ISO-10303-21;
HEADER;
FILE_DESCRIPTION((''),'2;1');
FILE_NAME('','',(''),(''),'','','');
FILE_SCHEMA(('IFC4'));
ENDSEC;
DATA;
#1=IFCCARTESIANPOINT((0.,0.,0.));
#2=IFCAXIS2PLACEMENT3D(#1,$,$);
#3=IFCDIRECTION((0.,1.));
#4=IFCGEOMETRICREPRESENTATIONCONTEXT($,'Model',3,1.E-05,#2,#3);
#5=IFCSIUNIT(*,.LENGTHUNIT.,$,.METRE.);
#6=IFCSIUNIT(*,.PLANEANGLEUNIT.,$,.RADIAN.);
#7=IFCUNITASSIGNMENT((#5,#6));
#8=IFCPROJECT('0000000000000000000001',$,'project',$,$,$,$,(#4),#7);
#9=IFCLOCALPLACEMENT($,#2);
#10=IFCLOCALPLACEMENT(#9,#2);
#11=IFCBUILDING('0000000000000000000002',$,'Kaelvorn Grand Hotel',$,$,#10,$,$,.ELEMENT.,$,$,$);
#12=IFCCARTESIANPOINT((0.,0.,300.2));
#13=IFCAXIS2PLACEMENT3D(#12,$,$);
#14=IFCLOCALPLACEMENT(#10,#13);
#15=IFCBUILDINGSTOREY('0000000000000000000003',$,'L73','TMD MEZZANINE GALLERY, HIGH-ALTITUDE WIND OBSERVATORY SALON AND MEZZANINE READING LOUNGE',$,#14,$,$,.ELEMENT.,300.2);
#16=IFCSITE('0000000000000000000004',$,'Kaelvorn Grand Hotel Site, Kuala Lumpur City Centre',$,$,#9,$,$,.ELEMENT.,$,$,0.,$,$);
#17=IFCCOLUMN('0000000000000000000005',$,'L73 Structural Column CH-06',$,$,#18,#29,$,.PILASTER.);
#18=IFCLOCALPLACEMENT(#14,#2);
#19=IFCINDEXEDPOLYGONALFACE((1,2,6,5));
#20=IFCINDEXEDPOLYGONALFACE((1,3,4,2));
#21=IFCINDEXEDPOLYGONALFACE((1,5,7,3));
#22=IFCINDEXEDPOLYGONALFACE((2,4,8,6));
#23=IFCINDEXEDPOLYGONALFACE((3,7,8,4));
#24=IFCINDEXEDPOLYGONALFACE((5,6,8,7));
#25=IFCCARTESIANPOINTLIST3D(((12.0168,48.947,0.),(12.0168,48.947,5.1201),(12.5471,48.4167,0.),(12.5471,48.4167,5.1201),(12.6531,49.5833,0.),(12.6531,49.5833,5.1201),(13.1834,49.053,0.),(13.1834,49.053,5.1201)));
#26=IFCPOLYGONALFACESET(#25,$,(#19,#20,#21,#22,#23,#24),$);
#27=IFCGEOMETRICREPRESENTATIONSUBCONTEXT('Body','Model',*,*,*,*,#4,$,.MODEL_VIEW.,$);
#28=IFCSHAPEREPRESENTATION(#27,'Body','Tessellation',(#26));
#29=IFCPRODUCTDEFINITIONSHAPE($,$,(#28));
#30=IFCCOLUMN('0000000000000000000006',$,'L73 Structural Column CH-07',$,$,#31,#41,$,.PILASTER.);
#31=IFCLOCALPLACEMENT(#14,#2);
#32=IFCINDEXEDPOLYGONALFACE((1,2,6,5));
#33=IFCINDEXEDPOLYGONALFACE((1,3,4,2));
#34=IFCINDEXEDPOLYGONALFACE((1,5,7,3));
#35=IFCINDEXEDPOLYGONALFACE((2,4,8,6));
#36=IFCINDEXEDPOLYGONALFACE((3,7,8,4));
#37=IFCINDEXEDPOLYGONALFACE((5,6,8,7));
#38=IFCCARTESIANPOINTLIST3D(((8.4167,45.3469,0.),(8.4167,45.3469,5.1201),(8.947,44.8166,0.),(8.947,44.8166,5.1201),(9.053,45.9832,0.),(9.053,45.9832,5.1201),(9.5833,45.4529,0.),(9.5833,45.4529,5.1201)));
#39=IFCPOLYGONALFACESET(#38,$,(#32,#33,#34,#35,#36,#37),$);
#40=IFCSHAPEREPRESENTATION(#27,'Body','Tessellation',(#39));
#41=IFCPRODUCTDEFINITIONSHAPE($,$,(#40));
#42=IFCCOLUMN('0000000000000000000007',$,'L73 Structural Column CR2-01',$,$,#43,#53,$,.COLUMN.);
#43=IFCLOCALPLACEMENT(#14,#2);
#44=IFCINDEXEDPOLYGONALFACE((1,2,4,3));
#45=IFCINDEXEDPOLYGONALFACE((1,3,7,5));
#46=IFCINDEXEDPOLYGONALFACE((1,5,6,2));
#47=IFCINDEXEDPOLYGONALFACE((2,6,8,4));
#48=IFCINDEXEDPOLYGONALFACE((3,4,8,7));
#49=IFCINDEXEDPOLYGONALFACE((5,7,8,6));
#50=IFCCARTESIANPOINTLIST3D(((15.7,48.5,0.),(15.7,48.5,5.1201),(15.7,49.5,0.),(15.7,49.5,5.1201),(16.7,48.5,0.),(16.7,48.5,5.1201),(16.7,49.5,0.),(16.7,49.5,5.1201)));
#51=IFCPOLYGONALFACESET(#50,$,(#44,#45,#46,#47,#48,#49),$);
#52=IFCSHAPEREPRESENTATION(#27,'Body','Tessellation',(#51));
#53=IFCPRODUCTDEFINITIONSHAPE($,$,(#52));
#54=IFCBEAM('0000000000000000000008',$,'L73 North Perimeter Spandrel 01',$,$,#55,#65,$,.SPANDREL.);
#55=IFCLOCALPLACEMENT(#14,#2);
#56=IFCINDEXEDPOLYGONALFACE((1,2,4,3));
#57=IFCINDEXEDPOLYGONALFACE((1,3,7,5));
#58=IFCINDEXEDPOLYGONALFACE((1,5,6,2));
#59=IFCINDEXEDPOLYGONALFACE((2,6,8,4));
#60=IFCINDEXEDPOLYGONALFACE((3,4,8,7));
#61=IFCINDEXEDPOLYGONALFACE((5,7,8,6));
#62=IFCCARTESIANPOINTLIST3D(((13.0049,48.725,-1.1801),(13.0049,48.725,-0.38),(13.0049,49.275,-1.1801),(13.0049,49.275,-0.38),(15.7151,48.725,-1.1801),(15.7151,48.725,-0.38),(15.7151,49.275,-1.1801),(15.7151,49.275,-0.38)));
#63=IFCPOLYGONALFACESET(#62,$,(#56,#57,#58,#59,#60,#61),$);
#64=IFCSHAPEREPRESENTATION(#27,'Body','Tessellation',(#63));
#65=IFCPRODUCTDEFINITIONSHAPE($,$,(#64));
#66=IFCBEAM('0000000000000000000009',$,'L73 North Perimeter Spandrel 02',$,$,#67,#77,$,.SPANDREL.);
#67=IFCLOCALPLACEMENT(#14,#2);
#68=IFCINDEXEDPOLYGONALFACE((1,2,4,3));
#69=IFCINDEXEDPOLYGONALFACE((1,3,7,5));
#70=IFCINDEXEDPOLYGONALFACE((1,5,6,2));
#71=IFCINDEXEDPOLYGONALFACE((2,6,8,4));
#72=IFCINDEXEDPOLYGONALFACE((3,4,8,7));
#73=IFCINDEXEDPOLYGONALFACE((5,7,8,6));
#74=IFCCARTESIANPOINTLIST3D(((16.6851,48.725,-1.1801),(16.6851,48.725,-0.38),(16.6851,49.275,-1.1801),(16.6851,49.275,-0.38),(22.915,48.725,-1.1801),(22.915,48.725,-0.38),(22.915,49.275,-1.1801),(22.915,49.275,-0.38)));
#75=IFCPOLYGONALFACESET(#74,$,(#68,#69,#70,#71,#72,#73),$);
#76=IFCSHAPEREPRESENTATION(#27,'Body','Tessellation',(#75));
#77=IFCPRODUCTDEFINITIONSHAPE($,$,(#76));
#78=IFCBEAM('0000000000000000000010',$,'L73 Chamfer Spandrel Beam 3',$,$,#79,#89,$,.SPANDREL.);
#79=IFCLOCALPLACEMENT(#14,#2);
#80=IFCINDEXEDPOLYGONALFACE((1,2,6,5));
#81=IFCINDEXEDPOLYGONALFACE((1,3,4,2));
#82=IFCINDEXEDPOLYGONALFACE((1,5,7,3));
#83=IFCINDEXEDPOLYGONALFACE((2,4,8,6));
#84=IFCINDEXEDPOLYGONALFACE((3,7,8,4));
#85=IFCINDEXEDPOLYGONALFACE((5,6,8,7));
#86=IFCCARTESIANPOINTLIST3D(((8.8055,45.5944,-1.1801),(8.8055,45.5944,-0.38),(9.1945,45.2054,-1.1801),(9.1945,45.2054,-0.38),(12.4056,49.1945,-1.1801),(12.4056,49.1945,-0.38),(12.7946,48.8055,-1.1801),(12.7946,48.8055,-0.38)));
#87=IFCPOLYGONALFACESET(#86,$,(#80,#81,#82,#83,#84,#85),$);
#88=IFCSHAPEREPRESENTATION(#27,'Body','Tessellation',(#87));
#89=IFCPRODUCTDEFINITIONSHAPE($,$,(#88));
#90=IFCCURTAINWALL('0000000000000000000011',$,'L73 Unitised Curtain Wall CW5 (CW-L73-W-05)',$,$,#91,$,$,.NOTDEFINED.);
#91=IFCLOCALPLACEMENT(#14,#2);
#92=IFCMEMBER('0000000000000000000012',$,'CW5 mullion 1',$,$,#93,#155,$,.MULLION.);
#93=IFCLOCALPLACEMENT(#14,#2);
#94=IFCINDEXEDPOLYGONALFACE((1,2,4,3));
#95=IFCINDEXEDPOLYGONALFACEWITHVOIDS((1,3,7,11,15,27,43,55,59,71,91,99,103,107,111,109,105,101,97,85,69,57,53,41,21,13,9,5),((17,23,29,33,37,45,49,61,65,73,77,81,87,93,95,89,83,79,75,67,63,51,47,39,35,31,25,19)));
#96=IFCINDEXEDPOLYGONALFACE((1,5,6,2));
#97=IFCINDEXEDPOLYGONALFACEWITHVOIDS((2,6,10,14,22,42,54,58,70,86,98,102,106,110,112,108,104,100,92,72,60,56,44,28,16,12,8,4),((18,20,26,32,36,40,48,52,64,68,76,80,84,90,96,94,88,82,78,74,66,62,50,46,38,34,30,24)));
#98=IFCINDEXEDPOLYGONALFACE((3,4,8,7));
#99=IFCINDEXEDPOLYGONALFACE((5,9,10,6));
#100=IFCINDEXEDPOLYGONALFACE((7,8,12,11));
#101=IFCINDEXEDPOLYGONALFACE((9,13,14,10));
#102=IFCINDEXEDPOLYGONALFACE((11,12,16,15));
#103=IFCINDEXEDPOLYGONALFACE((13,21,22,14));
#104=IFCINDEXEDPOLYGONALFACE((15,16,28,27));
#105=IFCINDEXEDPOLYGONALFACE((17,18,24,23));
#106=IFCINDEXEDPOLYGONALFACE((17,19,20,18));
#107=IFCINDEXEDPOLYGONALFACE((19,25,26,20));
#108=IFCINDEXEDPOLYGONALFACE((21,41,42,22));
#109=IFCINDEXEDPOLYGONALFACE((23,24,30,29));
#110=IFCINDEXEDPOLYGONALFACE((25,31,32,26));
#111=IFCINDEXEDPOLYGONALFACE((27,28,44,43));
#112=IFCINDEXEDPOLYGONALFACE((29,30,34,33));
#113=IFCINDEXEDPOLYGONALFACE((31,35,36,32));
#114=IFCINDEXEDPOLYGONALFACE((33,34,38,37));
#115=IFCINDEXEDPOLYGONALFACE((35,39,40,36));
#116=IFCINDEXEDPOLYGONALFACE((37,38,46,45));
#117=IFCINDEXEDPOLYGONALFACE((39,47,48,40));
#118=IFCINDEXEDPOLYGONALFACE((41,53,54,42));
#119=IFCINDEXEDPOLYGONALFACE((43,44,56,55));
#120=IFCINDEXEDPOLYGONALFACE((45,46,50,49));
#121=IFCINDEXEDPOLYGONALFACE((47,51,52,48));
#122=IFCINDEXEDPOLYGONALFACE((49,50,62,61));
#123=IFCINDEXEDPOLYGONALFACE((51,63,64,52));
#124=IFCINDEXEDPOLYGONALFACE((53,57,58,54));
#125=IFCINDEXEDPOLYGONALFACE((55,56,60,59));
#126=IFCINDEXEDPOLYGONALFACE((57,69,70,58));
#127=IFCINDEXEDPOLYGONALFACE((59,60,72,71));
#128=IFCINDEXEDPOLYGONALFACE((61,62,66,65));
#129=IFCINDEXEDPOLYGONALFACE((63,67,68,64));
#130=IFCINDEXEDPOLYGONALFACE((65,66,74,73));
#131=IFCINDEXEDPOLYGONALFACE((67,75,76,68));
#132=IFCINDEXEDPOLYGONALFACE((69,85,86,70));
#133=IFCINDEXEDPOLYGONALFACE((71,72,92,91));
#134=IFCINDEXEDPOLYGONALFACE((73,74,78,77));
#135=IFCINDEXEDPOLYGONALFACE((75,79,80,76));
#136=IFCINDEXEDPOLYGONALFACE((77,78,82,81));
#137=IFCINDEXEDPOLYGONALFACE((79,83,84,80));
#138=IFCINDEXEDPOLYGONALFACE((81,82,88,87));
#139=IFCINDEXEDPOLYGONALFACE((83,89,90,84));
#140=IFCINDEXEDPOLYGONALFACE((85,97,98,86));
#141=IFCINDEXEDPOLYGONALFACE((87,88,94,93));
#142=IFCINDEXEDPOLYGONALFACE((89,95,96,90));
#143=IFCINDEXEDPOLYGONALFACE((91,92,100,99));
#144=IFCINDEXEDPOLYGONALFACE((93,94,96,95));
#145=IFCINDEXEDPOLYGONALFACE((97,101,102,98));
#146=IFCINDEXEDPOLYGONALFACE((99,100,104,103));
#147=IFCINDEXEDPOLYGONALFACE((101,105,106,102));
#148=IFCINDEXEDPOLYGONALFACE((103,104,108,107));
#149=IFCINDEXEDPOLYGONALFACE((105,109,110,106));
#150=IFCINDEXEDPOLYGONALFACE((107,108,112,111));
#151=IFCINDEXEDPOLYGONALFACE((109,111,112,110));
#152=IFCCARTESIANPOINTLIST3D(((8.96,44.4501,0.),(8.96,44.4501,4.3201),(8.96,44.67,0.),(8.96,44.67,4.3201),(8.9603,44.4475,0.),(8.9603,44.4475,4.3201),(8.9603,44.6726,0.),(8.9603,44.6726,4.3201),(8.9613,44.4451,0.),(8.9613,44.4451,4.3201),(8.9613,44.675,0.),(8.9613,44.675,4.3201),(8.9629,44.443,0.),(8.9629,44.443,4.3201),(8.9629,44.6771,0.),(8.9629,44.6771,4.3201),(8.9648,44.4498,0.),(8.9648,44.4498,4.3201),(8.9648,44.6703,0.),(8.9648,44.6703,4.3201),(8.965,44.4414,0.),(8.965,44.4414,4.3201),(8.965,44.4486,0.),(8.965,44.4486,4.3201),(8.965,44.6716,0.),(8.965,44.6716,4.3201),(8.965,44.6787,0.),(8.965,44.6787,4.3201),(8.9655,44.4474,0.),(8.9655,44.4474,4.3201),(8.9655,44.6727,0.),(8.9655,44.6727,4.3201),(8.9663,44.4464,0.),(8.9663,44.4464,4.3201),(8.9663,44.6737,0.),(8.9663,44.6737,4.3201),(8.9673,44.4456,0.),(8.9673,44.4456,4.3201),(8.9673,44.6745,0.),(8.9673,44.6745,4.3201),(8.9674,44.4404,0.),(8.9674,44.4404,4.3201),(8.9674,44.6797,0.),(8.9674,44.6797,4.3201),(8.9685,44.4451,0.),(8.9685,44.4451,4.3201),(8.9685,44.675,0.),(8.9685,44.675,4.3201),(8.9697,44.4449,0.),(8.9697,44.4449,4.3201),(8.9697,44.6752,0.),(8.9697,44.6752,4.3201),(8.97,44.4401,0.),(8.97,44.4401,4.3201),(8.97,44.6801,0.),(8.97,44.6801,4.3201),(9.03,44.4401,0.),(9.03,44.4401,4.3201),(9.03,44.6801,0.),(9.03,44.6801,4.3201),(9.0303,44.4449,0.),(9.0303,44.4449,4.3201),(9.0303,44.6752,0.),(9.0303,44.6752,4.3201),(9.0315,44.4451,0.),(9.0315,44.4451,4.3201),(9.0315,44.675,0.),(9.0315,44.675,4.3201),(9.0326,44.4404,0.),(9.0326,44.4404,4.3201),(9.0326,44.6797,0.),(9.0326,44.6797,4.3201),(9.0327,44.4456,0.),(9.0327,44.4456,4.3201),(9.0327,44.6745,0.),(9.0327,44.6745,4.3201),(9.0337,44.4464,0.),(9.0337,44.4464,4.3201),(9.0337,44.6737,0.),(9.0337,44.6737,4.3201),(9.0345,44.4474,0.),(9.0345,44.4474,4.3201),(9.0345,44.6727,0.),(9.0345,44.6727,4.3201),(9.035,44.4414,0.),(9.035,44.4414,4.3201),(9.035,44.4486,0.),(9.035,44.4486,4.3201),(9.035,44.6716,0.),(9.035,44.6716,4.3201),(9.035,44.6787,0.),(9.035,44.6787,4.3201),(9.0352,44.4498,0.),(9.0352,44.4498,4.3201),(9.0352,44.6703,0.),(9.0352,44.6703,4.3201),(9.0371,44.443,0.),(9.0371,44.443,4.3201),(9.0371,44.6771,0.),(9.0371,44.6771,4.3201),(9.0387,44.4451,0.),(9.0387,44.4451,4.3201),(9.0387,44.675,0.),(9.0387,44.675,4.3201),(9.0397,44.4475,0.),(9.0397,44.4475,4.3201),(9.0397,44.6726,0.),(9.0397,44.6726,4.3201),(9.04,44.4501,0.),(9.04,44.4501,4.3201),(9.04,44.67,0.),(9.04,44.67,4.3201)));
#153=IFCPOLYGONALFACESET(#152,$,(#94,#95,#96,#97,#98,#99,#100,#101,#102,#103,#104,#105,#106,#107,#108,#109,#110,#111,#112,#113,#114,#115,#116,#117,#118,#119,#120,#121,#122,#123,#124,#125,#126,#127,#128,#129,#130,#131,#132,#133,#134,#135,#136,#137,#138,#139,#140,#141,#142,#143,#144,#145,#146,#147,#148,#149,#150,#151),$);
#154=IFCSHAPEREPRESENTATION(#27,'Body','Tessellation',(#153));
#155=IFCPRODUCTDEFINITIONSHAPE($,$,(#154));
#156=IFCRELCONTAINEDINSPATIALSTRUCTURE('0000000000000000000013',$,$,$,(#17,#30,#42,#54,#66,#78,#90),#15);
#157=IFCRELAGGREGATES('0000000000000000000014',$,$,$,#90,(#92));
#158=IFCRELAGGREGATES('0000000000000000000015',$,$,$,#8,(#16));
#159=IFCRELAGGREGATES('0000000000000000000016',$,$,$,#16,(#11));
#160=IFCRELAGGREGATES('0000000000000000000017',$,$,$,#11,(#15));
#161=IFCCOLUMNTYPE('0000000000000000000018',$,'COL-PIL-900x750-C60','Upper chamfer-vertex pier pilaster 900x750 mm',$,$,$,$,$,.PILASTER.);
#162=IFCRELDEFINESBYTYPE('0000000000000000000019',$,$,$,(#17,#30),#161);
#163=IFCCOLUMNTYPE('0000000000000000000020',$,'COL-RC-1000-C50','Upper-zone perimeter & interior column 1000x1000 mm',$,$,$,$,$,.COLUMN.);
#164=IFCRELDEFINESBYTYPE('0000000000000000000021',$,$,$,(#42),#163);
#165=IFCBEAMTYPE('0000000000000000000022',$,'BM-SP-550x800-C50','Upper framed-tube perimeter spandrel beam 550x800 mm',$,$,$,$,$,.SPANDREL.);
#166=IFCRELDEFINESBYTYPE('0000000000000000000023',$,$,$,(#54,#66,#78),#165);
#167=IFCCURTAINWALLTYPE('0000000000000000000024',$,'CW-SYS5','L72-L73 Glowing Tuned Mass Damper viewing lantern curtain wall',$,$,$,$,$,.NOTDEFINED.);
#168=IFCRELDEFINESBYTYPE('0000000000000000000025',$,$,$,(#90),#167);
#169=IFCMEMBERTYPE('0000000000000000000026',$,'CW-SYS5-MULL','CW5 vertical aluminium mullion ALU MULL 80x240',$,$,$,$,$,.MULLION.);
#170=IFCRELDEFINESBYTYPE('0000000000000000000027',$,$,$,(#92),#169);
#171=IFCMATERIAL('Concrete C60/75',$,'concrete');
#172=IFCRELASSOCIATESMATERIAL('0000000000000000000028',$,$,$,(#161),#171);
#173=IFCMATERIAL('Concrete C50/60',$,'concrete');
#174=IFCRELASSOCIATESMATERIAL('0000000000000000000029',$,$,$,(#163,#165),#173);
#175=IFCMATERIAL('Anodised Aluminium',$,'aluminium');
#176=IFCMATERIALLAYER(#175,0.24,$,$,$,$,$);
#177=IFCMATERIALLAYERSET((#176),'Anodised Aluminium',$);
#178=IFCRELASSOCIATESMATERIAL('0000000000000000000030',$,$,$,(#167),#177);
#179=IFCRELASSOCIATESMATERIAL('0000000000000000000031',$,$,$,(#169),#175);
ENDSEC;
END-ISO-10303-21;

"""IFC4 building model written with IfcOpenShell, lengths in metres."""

from ifc_helpers import new_model, si_unit, direction, frame, origin, origin_2d, place, context, subcontext, project, spatial, rectangle, hollow_rectangle, extrude, material, layer, layer_set, material_profile, profile_set, type_object, element, aggregate, save


model = new_model("IFC4")

# Units and contexts
model_context = context("Model", 3, precision=1e-05, world=origin(), true_north=direction((0.0, 1.0)))
body_context = subcontext(model_context, "Body", "Model", "MODEL_VIEW")
ifc_project = project(units=[si_unit("LENGTHUNIT", "METRE"), si_unit("PLANEANGLEUNIT", "RADIAN")], contexts=[model_context])

# Site, building, storey
site_placement = place(None, origin())
site = spatial("IfcSite", under=ifc_project, at=site_placement, Name="Kaelvorn Grand Hotel Site, Kuala Lumpur City Centre", CompositionType="ELEMENT", RefElevation=0.0)
building_placement = place(site_placement, origin())
building = spatial("IfcBuilding", under=site, at=building_placement, Name="Kaelvorn Grand Hotel", CompositionType="ELEMENT")
storey_placement = place(building_placement, frame((0.0, 0.0, 300.2)))
storey = spatial("IfcBuildingStorey", under=building, at=storey_placement, Name="L73", Description="TMD MEZZANINE GALLERY, HIGH-ALTITUDE WIND OBSERVATORY SALON AND MEZZANINE READING LOUNGE", CompositionType="ELEMENT", Elevation=300.2)

# Columns
ifc_material_1 = material(Name="Concrete C60/75", Category="concrete")
ifc_material_profile_1 = material_profile(ifc_material_1, rectangle(XDim=0.8999, YDim=0.75, at=origin_2d()), Name="RC PILASTER 900x750")
ifc_profile_set_1 = profile_set([ifc_material_profile_1], Name="Concrete C60/75")
column_type_1 = type_object("IfcColumnType", Name="COL-PIL-900x750-C60", Description="Upper chamfer-vertex pier pilaster 900x750 mm", PredefinedType="PILASTER", material=ifc_profile_set_1)
for number, where, z_axis, x_axis, name in (
    (1, (12.6001, 49.0, 0.0), (0.0, 0.0, 1.0), (0.707107, 0.707107, 0.0), "L73 Structural Column CH-06"),
    (2, (9.0, 45.3999, 0.0), (0.0, 0.0, 1.0), (0.707107, 0.707107, 0.0), "L73 Structural Column CH-07"),
):
    element("IfcColumn", number, at=place(storey_placement, frame(where, z_axis=z_axis, x_axis=x_axis)), inside=storey, type_object=column_type_1, Name=name, PredefinedType="PILASTER", context=body_context, shape_type="SweptSolid", body=[
        extrude(rectangle(XDim=0.8999, YDim=0.75, at=origin_2d()), origin(), (0.0, 0.0, 1.0), 5.1201),
    ])
ifc_material_2 = material(Name="Concrete C50/60", Category="concrete")
ifc_material_profile_2 = material_profile(ifc_material_2, rectangle(XDim=1.0, YDim=1.0, at=origin_2d()), Name="RC COL 1000x1000")
ifc_profile_set_2 = profile_set([ifc_material_profile_2], Name="Concrete C50/60")
column_type_2 = type_object("IfcColumnType", Name="COL-RC-1000-C50", Description="Upper-zone perimeter & interior column 1000x1000 mm", PredefinedType="COLUMN", material=ifc_profile_set_2)
column_placement = place(storey_placement, frame((16.2, 49.0, 0.0), z_axis=(0.0, 0.0, 1.0), x_axis=(1.0, 0.0, 0.0)))
element("IfcColumn", 3, at=column_placement, inside=storey, type_object=column_type_2, Name="L73 Structural Column CR2-01", PredefinedType="COLUMN", context=body_context, shape_type="SweptSolid", body=[
    extrude(rectangle(XDim=1.0, YDim=1.0, at=origin_2d()), origin(), (0.0, 0.0, 1.0), 5.1201),
])

# Beams
ifc_material_profile_3 = material_profile(ifc_material_2, rectangle(XDim=0.55, YDim=0.8, at=origin_2d()), Name="RC SPANDREL 550x800")
ifc_profile_set_3 = profile_set([ifc_material_profile_3], Name="Concrete C50/60")
beam_type = type_object("IfcBeamType", Name="BM-SP-550x800-C50", Description="Upper framed-tube perimeter spandrel beam 550x800 mm", PredefinedType="SPANDREL", material=ifc_profile_set_3)
beam_1_placement = place(storey_placement, frame((13.0049, 49.0, -0.78), z_axis=(1.0, 0.0, 0.0), x_axis=(0.0, 1.0, 0.0)))
element("IfcBeam", 4, at=beam_1_placement, inside=storey, type_object=beam_type, Name="L73 North Perimeter Spandrel 01", PredefinedType="SPANDREL", context=body_context, shape_type="SweptSolid", body=[
    extrude(rectangle(XDim=0.55, YDim=0.8, at=origin_2d()), origin(), (0.0, 0.0, 1.0), 2.7102),
])
beam_2_placement = place(storey_placement, frame((16.6851, 49.0, -0.78), z_axis=(1.0, 0.0, 0.0), x_axis=(0.0, 1.0, 0.0)))
element("IfcBeam", 5, at=beam_2_placement, inside=storey, type_object=beam_type, Name="L73 North Perimeter Spandrel 02", PredefinedType="SPANDREL", context=body_context, shape_type="SweptSolid", body=[
    extrude(rectangle(XDim=0.55, YDim=0.8, at=origin_2d()), origin(), (0.0, 0.0, 1.0), 6.23),
])
beam_3_placement = place(storey_placement, frame((12.6001, 49.0, -0.78), z_axis=(-0.707107, -0.707107, 0.0), x_axis=(0.707107, -0.707107, 0.0)))
element("IfcBeam", 6, at=beam_3_placement, inside=storey, type_object=beam_type, Name="L73 Chamfer Spandrel Beam 3", PredefinedType="SPANDREL", context=body_context, shape_type="SweptSolid", body=[
    extrude(rectangle(XDim=0.55, YDim=0.8, at=origin_2d()), origin(), (0.0, 0.0, 1.0), 5.0913),
])

# Curtain wall, member
ifc_material_3 = material(Name="Anodised Aluminium", Category="aluminium")
ifc_layer_1 = layer(ifc_material_3, 0.24)
ifc_layer_set_1 = layer_set([ifc_layer_1], Name="Anodised Aluminium")
curtain_wall_type = type_object("IfcCurtainWallType", Name="CW-SYS5", Description="L72-L73 Glowing Tuned Mass Damper viewing lantern curtain wall", PredefinedType="NOTDEFINED", material=ifc_layer_set_1)
curtain_wall_placement = place(storey_placement, origin())
curtain_wall = element("IfcCurtainWall", 7, at=curtain_wall_placement, inside=storey, type_object=curtain_wall_type, Name="L73 Unitised Curtain Wall CW5 (CW-L73-W-05)", PredefinedType="NOTDEFINED")
ifc_material_profile_4 = material_profile(ifc_material_3, hollow_rectangle(XDim=0.0801, YDim=0.24, WallThickness=0.0049, InnerFilletRadius=0.0049, OuterFilletRadius=0.01, at=origin_2d()), Name="ALU MULL 80x240")
ifc_profile_set_4 = profile_set([ifc_material_profile_4], Name="Anodised Aluminium")
member_type_1 = type_object("IfcMemberType", Name="CW-SYS5-MULL", Description="CW5 vertical aluminium mullion ALU MULL 80x240", PredefinedType="MULLION", material=ifc_profile_set_4)
member_1_placement = place(storey_placement, frame((9.0, 44.5601, 0.0), z_axis=(0.0, 0.0, 1.0), x_axis=(1.0, 0.0, 0.0)))
member_1 = element("IfcMember", 8, at=member_1_placement, type_object=member_type_1, Name="CW5 mullion 1", PredefinedType="MULLION", context=body_context, shape_type="SweptSolid", body=[
    extrude(hollow_rectangle(XDim=0.0801, YDim=0.24, WallThickness=0.0049, InnerFilletRadius=0.0049, OuterFilletRadius=0.01, at=origin_2d()), origin(), (0.0, 0.0, 1.0), 4.3201),
])
aggregate(curtain_wall, [member_1])

save(model, "model.ifc")
